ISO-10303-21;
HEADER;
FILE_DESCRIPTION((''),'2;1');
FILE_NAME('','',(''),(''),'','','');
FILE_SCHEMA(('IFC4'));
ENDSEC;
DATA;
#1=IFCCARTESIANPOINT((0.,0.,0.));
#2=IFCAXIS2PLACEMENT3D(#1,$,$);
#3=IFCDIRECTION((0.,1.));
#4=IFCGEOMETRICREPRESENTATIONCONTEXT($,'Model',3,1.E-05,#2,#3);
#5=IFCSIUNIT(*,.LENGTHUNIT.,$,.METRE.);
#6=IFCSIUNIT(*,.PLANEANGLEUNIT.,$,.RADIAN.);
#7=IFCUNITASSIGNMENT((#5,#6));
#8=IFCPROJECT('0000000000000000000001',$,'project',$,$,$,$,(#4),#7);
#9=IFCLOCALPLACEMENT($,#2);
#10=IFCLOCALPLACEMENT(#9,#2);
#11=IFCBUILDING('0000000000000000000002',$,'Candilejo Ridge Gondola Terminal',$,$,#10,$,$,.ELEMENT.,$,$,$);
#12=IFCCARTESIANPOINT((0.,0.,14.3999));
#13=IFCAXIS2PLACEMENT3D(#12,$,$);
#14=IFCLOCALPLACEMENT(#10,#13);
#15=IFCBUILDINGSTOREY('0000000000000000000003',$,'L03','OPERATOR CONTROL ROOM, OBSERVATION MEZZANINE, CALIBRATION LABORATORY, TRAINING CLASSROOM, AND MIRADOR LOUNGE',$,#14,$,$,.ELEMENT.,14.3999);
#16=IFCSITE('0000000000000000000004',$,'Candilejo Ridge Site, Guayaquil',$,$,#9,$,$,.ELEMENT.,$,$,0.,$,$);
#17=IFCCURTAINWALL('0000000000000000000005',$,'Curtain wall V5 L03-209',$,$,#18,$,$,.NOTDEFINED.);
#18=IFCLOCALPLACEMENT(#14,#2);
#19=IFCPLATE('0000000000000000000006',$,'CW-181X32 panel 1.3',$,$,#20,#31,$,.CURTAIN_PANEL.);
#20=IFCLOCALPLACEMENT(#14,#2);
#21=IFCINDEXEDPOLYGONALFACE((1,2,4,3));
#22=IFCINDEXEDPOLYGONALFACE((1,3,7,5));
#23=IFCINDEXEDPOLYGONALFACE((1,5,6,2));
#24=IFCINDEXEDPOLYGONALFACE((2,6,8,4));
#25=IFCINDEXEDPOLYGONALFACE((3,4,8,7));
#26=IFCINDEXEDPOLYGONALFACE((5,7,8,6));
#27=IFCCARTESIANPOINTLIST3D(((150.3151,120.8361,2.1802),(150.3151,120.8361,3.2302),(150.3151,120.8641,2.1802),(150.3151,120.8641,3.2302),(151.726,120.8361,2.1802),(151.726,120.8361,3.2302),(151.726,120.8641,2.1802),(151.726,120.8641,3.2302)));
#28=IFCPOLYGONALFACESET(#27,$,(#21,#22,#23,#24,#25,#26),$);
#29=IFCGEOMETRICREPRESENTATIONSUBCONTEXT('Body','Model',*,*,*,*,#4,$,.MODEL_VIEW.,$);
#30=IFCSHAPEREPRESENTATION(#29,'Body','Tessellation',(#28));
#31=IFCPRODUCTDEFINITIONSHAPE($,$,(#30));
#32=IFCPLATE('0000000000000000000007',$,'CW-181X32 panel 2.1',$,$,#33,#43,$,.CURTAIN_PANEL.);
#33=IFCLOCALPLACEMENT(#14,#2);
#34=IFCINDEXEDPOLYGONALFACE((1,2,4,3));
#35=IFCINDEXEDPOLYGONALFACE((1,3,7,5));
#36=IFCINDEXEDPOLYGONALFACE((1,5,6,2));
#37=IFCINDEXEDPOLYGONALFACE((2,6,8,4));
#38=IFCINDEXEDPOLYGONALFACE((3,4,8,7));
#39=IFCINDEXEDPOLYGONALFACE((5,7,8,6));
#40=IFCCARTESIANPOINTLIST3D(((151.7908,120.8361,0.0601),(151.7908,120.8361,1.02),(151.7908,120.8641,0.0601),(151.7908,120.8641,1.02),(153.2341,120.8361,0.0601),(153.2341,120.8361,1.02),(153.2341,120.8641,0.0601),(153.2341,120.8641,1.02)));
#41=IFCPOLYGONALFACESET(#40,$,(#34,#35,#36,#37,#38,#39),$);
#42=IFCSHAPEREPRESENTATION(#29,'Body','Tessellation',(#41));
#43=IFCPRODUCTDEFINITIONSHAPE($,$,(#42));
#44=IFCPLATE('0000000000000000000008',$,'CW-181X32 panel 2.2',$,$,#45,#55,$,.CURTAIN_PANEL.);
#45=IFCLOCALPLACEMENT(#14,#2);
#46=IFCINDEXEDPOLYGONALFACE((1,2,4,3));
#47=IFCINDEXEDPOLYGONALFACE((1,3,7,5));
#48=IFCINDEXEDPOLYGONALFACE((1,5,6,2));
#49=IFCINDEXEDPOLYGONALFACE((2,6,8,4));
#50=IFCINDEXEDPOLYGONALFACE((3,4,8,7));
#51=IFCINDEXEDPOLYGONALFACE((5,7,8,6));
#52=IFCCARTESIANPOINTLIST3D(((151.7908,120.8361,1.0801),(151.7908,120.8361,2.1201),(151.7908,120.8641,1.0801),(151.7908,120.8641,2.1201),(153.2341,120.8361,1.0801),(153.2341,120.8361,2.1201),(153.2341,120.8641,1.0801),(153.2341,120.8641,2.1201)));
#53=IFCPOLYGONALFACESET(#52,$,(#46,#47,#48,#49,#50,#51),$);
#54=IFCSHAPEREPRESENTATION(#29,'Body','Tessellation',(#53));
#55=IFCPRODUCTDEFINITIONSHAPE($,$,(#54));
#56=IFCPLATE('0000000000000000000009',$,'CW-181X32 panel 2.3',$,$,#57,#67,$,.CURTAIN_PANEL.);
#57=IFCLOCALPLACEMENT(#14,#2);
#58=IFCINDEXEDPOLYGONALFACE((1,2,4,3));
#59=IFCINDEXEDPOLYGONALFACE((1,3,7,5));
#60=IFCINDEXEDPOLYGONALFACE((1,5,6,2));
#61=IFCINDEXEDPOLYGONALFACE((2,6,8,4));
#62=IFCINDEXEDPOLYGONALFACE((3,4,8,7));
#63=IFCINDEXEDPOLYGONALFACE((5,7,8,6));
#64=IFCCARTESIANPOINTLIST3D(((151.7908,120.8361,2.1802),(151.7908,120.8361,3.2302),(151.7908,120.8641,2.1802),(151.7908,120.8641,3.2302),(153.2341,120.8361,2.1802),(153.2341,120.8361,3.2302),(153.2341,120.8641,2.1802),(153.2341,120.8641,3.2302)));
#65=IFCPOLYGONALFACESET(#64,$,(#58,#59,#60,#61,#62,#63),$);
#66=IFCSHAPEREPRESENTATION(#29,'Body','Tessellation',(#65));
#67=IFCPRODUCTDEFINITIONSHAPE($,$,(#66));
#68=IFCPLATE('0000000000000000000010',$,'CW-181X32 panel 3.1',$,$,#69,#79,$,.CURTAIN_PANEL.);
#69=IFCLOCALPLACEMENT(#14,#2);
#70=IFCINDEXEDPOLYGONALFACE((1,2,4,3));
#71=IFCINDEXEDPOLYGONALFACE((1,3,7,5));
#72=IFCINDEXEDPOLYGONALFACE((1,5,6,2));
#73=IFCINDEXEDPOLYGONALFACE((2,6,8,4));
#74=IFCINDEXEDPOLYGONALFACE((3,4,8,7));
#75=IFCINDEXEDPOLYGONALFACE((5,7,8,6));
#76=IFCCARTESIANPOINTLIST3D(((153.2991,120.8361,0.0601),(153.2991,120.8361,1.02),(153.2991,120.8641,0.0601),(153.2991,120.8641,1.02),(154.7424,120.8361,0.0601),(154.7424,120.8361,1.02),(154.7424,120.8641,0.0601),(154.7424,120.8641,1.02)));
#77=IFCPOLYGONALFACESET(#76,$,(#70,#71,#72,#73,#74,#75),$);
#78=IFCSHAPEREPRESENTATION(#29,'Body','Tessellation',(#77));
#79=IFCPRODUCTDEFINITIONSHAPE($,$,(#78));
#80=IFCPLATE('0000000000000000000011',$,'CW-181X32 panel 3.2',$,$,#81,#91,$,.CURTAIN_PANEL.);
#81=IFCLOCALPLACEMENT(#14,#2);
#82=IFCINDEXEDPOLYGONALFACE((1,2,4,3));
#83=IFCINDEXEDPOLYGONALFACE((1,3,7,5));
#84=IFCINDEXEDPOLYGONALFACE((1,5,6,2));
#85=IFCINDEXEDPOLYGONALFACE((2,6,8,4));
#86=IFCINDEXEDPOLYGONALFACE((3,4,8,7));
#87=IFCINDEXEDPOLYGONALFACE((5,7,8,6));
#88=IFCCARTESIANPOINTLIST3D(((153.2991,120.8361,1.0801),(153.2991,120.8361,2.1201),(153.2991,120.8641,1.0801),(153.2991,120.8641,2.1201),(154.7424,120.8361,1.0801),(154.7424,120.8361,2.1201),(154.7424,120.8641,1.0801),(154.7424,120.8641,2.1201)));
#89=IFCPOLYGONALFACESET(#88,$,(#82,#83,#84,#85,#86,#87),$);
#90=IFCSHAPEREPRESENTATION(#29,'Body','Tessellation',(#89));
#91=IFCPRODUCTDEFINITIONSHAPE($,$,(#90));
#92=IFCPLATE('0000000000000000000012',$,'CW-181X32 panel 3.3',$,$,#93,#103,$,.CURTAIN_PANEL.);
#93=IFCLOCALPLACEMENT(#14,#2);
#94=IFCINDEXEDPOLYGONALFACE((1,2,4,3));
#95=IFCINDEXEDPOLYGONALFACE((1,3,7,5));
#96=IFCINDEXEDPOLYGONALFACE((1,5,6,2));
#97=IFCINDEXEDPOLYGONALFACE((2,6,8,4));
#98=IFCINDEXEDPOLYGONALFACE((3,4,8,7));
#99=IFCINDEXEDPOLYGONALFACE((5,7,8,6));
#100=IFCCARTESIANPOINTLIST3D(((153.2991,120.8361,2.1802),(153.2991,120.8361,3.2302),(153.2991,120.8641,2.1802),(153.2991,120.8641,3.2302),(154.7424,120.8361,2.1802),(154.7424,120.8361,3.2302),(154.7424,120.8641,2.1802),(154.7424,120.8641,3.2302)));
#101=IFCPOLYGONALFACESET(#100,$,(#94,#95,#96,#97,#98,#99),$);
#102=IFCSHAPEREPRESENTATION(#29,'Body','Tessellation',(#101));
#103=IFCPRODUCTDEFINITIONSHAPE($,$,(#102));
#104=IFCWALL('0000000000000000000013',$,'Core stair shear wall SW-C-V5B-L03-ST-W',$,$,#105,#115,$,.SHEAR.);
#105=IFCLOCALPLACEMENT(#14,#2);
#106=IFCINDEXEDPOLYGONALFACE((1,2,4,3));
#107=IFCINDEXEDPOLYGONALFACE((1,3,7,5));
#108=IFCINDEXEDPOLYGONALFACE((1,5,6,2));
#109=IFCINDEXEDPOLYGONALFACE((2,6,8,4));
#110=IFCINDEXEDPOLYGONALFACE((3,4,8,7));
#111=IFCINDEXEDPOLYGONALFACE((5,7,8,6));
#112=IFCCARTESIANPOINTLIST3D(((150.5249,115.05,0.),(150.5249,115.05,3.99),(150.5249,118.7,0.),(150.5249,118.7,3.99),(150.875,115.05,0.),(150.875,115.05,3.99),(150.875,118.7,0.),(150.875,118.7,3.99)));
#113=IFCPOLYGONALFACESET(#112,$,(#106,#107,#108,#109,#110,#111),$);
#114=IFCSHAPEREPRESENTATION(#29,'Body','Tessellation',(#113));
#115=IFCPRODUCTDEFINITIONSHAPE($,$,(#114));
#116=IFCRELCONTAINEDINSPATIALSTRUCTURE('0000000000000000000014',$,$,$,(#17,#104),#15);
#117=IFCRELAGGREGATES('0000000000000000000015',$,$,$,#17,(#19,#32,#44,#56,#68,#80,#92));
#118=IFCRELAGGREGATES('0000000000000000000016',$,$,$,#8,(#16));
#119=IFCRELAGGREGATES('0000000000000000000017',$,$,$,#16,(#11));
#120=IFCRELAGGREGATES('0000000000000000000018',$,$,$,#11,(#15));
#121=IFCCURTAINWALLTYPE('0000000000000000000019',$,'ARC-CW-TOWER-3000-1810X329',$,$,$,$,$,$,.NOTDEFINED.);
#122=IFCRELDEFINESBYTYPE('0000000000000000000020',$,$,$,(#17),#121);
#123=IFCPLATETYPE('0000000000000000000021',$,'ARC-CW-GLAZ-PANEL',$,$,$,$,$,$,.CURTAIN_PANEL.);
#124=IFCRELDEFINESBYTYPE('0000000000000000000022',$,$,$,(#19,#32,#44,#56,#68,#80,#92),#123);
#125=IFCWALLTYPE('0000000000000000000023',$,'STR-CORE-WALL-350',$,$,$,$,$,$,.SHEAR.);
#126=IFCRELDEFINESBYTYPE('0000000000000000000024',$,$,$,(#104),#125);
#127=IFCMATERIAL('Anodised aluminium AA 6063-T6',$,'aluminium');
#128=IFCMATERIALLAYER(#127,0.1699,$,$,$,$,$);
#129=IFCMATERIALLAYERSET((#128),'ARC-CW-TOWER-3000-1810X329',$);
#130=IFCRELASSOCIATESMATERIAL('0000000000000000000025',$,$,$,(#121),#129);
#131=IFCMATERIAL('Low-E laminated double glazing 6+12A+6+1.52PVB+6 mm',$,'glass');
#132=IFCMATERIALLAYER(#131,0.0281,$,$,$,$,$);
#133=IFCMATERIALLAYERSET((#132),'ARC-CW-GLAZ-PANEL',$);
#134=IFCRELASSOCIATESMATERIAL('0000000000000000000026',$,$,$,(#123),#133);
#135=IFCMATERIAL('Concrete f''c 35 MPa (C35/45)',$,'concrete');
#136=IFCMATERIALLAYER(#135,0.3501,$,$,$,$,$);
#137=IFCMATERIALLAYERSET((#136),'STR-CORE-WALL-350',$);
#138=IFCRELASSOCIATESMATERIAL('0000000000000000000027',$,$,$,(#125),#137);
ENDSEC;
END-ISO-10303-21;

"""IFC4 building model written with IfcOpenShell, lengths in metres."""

from ifc_helpers import new_model, si_unit, direction, frame, frame_2d, origin, origin_2d, place, context, subcontext, project, spatial, rectangle, extrude, material, layer, layer_set, type_object, element, aggregate, save


model = new_model("IFC4")

# Units and contexts
model_context = context("Model", 3, precision=1e-05, world=origin(), true_north=direction((0.0, 1.0)))
body_context = subcontext(model_context, "Body", "Model", "MODEL_VIEW")
ifc_project = project(units=[si_unit("LENGTHUNIT", "METRE"), si_unit("PLANEANGLEUNIT", "RADIAN")], contexts=[model_context])

# Site, building, storey
site_placement = place(None, origin())
site = spatial("IfcSite", under=ifc_project, at=site_placement, Name="Candilejo Ridge Site, Guayaquil", CompositionType="ELEMENT", RefElevation=0.0)
building_placement = place(site_placement, origin())
building = spatial("IfcBuilding", under=site, at=building_placement, Name="Candilejo Ridge Gondola Terminal", CompositionType="ELEMENT")
storey_placement = place(building_placement, frame((0.0, 0.0, 14.3999)))
storey = spatial("IfcBuildingStorey", under=building, at=storey_placement, Name="L03", Description="OPERATOR CONTROL ROOM, OBSERVATION MEZZANINE, CALIBRATION LABORATORY, TRAINING CLASSROOM, AND MIRADOR LOUNGE", CompositionType="ELEMENT", Elevation=14.3999)

# Curtain wall, plates
ifc_material_1 = material(Name="Anodised aluminium AA 6063-T6", Category="aluminium")
ifc_layer_1 = layer(ifc_material_1, 0.1699)
ifc_layer_set_1 = layer_set([ifc_layer_1], Name="ARC-CW-TOWER-3000-1810X329")
curtain_wall_type = type_object("IfcCurtainWallType", Name="ARC-CW-TOWER-3000-1810X329", PredefinedType="NOTDEFINED", material=ifc_layer_set_1)
curtain_wall_placement = place(storey_placement, origin())
curtain_wall = element("IfcCurtainWall", 1, at=curtain_wall_placement, inside=storey, type_object=curtain_wall_type, Name="Curtain wall V5 L03-209", PredefinedType="NOTDEFINED")
ifc_material_2 = material(Name="Low-E laminated double glazing 6+12A+6+1.52PVB+6 mm", Category="glass")
ifc_layer_2 = layer(ifc_material_2, 0.0281)
ifc_layer_set_2 = layer_set([ifc_layer_2], Name="ARC-CW-GLAZ-PANEL")
plate_type = type_object("IfcPlateType", Name="ARC-CW-GLAZ-PANEL", PredefinedType="CURTAIN_PANEL", material=ifc_layer_set_2)
plate_1_placement = place(storey_placement, frame((151.0205, 120.8501, 2.1802), z_axis=(0.0, 0.0, 1.0), x_axis=(1.0, 0.0, 0.0)))
plate_1 = element("IfcPlate", 2, at=plate_1_placement, type_object=plate_type, Name="CW-181X32 panel 1.3", PredefinedType="CURTAIN_PANEL", context=body_context, shape_type="SweptSolid", body=[
    extrude(rectangle(XDim=1.4109, YDim=0.0281, at=origin_2d()), origin(), (0.0, 0.0, 1.0), 1.05),
])
plate_2_placement = place(storey_placement, frame((152.5125, 120.8501, 0.0601), z_axis=(0.0, 0.0, 1.0), x_axis=(1.0, 0.0, 0.0)))
plate_2 = element("IfcPlate", 3, at=plate_2_placement, type_object=plate_type, Name="CW-181X32 panel 2.1", PredefinedType="CURTAIN_PANEL", context=body_context, shape_type="SweptSolid", body=[
    extrude(rectangle(XDim=1.4434, YDim=0.0281, at=origin_2d()), origin(), (0.0, 0.0, 1.0), 0.96),
])
plate_3_placement = place(storey_placement, frame((152.5125, 120.8501, 1.0801), z_axis=(0.0, 0.0, 1.0), x_axis=(1.0, 0.0, 0.0)))
plate_3 = element("IfcPlate", 4, at=plate_3_placement, type_object=plate_type, Name="CW-181X32 panel 2.2", PredefinedType="CURTAIN_PANEL", context=body_context, shape_type="SweptSolid", body=[
    extrude(rectangle(XDim=1.4434, YDim=0.0281, at=origin_2d()), origin(), (0.0, 0.0, 1.0), 1.04),
])
plate_4_placement = place(storey_placement, frame((152.5125, 120.8501, 2.1802), z_axis=(0.0, 0.0, 1.0), x_axis=(1.0, 0.0, 0.0)))
plate_4 = element("IfcPlate", 5, at=plate_4_placement, type_object=plate_type, Name="CW-181X32 panel 2.3", PredefinedType="CURTAIN_PANEL", context=body_context, shape_type="SweptSolid", body=[
    extrude(rectangle(XDim=1.4434, YDim=0.0281, at=origin_2d()), origin(), (0.0, 0.0, 1.0), 1.05),
])
plate_5_placement = place(storey_placement, frame((154.0208, 120.8501, 0.0601), z_axis=(0.0, 0.0, 1.0), x_axis=(1.0, 0.0, 0.0)))
plate_5 = element("IfcPlate", 6, at=plate_5_placement, type_object=plate_type, Name="CW-181X32 panel 3.1", PredefinedType="CURTAIN_PANEL", context=body_context, shape_type="SweptSolid", body=[
    extrude(rectangle(XDim=1.4434, YDim=0.0281, at=origin_2d()), origin(), (0.0, 0.0, 1.0), 0.96),
])
plate_6_placement = place(storey_placement, frame((154.0208, 120.8501, 1.0801), z_axis=(0.0, 0.0, 1.0), x_axis=(1.0, 0.0, 0.0)))
plate_6 = element("IfcPlate", 7, at=plate_6_placement, type_object=plate_type, Name="CW-181X32 panel 3.2", PredefinedType="CURTAIN_PANEL", context=body_context, shape_type="SweptSolid", body=[
    extrude(rectangle(XDim=1.4434, YDim=0.0281, at=origin_2d()), origin(), (0.0, 0.0, 1.0), 1.04),
])
plate_7_placement = place(storey_placement, frame((154.0208, 120.8501, 2.1802), z_axis=(0.0, 0.0, 1.0), x_axis=(1.0, 0.0, 0.0)))
plate_7 = element("IfcPlate", 8, at=plate_7_placement, type_object=plate_type, Name="CW-181X32 panel 3.3", PredefinedType="CURTAIN_PANEL", context=body_context, shape_type="SweptSolid", body=[
    extrude(rectangle(XDim=1.4434, YDim=0.0281, at=origin_2d()), origin(), (0.0, 0.0, 1.0), 1.05),
])
aggregate(curtain_wall, [plate_1, plate_2, plate_3, plate_4, plate_5, plate_6, plate_7])

# Wall
ifc_material_3 = material(Name="Concrete f'c 35 MPa (C35/45)", Category="concrete")
ifc_layer_3 = layer(ifc_material_3, 0.3501)
ifc_layer_set_3 = layer_set([ifc_layer_3], Name="STR-CORE-WALL-350")
wall_type = type_object("IfcWallType", Name="STR-CORE-WALL-350", PredefinedType="SHEAR", material=ifc_layer_set_3)
wall_placement = place(storey_placement, frame((150.7, 118.7, 0.0), z_axis=(0.0, 0.0, 1.0), x_axis=(0.0, -1.0, 0.0)))
element("IfcWall", 9, at=wall_placement, inside=storey, type_object=wall_type, Name="Core stair shear wall SW-C-V5B-L03-ST-W", PredefinedType="SHEAR", context=body_context, shape_type="SweptSolid", body=[
    extrude(rectangle(XDim=3.6499, YDim=0.3501, at=frame_2d((1.825, 0.0))), origin(), (0.0, 0.0, 1.0), 3.99),
])

save(model, "model.ifc")
